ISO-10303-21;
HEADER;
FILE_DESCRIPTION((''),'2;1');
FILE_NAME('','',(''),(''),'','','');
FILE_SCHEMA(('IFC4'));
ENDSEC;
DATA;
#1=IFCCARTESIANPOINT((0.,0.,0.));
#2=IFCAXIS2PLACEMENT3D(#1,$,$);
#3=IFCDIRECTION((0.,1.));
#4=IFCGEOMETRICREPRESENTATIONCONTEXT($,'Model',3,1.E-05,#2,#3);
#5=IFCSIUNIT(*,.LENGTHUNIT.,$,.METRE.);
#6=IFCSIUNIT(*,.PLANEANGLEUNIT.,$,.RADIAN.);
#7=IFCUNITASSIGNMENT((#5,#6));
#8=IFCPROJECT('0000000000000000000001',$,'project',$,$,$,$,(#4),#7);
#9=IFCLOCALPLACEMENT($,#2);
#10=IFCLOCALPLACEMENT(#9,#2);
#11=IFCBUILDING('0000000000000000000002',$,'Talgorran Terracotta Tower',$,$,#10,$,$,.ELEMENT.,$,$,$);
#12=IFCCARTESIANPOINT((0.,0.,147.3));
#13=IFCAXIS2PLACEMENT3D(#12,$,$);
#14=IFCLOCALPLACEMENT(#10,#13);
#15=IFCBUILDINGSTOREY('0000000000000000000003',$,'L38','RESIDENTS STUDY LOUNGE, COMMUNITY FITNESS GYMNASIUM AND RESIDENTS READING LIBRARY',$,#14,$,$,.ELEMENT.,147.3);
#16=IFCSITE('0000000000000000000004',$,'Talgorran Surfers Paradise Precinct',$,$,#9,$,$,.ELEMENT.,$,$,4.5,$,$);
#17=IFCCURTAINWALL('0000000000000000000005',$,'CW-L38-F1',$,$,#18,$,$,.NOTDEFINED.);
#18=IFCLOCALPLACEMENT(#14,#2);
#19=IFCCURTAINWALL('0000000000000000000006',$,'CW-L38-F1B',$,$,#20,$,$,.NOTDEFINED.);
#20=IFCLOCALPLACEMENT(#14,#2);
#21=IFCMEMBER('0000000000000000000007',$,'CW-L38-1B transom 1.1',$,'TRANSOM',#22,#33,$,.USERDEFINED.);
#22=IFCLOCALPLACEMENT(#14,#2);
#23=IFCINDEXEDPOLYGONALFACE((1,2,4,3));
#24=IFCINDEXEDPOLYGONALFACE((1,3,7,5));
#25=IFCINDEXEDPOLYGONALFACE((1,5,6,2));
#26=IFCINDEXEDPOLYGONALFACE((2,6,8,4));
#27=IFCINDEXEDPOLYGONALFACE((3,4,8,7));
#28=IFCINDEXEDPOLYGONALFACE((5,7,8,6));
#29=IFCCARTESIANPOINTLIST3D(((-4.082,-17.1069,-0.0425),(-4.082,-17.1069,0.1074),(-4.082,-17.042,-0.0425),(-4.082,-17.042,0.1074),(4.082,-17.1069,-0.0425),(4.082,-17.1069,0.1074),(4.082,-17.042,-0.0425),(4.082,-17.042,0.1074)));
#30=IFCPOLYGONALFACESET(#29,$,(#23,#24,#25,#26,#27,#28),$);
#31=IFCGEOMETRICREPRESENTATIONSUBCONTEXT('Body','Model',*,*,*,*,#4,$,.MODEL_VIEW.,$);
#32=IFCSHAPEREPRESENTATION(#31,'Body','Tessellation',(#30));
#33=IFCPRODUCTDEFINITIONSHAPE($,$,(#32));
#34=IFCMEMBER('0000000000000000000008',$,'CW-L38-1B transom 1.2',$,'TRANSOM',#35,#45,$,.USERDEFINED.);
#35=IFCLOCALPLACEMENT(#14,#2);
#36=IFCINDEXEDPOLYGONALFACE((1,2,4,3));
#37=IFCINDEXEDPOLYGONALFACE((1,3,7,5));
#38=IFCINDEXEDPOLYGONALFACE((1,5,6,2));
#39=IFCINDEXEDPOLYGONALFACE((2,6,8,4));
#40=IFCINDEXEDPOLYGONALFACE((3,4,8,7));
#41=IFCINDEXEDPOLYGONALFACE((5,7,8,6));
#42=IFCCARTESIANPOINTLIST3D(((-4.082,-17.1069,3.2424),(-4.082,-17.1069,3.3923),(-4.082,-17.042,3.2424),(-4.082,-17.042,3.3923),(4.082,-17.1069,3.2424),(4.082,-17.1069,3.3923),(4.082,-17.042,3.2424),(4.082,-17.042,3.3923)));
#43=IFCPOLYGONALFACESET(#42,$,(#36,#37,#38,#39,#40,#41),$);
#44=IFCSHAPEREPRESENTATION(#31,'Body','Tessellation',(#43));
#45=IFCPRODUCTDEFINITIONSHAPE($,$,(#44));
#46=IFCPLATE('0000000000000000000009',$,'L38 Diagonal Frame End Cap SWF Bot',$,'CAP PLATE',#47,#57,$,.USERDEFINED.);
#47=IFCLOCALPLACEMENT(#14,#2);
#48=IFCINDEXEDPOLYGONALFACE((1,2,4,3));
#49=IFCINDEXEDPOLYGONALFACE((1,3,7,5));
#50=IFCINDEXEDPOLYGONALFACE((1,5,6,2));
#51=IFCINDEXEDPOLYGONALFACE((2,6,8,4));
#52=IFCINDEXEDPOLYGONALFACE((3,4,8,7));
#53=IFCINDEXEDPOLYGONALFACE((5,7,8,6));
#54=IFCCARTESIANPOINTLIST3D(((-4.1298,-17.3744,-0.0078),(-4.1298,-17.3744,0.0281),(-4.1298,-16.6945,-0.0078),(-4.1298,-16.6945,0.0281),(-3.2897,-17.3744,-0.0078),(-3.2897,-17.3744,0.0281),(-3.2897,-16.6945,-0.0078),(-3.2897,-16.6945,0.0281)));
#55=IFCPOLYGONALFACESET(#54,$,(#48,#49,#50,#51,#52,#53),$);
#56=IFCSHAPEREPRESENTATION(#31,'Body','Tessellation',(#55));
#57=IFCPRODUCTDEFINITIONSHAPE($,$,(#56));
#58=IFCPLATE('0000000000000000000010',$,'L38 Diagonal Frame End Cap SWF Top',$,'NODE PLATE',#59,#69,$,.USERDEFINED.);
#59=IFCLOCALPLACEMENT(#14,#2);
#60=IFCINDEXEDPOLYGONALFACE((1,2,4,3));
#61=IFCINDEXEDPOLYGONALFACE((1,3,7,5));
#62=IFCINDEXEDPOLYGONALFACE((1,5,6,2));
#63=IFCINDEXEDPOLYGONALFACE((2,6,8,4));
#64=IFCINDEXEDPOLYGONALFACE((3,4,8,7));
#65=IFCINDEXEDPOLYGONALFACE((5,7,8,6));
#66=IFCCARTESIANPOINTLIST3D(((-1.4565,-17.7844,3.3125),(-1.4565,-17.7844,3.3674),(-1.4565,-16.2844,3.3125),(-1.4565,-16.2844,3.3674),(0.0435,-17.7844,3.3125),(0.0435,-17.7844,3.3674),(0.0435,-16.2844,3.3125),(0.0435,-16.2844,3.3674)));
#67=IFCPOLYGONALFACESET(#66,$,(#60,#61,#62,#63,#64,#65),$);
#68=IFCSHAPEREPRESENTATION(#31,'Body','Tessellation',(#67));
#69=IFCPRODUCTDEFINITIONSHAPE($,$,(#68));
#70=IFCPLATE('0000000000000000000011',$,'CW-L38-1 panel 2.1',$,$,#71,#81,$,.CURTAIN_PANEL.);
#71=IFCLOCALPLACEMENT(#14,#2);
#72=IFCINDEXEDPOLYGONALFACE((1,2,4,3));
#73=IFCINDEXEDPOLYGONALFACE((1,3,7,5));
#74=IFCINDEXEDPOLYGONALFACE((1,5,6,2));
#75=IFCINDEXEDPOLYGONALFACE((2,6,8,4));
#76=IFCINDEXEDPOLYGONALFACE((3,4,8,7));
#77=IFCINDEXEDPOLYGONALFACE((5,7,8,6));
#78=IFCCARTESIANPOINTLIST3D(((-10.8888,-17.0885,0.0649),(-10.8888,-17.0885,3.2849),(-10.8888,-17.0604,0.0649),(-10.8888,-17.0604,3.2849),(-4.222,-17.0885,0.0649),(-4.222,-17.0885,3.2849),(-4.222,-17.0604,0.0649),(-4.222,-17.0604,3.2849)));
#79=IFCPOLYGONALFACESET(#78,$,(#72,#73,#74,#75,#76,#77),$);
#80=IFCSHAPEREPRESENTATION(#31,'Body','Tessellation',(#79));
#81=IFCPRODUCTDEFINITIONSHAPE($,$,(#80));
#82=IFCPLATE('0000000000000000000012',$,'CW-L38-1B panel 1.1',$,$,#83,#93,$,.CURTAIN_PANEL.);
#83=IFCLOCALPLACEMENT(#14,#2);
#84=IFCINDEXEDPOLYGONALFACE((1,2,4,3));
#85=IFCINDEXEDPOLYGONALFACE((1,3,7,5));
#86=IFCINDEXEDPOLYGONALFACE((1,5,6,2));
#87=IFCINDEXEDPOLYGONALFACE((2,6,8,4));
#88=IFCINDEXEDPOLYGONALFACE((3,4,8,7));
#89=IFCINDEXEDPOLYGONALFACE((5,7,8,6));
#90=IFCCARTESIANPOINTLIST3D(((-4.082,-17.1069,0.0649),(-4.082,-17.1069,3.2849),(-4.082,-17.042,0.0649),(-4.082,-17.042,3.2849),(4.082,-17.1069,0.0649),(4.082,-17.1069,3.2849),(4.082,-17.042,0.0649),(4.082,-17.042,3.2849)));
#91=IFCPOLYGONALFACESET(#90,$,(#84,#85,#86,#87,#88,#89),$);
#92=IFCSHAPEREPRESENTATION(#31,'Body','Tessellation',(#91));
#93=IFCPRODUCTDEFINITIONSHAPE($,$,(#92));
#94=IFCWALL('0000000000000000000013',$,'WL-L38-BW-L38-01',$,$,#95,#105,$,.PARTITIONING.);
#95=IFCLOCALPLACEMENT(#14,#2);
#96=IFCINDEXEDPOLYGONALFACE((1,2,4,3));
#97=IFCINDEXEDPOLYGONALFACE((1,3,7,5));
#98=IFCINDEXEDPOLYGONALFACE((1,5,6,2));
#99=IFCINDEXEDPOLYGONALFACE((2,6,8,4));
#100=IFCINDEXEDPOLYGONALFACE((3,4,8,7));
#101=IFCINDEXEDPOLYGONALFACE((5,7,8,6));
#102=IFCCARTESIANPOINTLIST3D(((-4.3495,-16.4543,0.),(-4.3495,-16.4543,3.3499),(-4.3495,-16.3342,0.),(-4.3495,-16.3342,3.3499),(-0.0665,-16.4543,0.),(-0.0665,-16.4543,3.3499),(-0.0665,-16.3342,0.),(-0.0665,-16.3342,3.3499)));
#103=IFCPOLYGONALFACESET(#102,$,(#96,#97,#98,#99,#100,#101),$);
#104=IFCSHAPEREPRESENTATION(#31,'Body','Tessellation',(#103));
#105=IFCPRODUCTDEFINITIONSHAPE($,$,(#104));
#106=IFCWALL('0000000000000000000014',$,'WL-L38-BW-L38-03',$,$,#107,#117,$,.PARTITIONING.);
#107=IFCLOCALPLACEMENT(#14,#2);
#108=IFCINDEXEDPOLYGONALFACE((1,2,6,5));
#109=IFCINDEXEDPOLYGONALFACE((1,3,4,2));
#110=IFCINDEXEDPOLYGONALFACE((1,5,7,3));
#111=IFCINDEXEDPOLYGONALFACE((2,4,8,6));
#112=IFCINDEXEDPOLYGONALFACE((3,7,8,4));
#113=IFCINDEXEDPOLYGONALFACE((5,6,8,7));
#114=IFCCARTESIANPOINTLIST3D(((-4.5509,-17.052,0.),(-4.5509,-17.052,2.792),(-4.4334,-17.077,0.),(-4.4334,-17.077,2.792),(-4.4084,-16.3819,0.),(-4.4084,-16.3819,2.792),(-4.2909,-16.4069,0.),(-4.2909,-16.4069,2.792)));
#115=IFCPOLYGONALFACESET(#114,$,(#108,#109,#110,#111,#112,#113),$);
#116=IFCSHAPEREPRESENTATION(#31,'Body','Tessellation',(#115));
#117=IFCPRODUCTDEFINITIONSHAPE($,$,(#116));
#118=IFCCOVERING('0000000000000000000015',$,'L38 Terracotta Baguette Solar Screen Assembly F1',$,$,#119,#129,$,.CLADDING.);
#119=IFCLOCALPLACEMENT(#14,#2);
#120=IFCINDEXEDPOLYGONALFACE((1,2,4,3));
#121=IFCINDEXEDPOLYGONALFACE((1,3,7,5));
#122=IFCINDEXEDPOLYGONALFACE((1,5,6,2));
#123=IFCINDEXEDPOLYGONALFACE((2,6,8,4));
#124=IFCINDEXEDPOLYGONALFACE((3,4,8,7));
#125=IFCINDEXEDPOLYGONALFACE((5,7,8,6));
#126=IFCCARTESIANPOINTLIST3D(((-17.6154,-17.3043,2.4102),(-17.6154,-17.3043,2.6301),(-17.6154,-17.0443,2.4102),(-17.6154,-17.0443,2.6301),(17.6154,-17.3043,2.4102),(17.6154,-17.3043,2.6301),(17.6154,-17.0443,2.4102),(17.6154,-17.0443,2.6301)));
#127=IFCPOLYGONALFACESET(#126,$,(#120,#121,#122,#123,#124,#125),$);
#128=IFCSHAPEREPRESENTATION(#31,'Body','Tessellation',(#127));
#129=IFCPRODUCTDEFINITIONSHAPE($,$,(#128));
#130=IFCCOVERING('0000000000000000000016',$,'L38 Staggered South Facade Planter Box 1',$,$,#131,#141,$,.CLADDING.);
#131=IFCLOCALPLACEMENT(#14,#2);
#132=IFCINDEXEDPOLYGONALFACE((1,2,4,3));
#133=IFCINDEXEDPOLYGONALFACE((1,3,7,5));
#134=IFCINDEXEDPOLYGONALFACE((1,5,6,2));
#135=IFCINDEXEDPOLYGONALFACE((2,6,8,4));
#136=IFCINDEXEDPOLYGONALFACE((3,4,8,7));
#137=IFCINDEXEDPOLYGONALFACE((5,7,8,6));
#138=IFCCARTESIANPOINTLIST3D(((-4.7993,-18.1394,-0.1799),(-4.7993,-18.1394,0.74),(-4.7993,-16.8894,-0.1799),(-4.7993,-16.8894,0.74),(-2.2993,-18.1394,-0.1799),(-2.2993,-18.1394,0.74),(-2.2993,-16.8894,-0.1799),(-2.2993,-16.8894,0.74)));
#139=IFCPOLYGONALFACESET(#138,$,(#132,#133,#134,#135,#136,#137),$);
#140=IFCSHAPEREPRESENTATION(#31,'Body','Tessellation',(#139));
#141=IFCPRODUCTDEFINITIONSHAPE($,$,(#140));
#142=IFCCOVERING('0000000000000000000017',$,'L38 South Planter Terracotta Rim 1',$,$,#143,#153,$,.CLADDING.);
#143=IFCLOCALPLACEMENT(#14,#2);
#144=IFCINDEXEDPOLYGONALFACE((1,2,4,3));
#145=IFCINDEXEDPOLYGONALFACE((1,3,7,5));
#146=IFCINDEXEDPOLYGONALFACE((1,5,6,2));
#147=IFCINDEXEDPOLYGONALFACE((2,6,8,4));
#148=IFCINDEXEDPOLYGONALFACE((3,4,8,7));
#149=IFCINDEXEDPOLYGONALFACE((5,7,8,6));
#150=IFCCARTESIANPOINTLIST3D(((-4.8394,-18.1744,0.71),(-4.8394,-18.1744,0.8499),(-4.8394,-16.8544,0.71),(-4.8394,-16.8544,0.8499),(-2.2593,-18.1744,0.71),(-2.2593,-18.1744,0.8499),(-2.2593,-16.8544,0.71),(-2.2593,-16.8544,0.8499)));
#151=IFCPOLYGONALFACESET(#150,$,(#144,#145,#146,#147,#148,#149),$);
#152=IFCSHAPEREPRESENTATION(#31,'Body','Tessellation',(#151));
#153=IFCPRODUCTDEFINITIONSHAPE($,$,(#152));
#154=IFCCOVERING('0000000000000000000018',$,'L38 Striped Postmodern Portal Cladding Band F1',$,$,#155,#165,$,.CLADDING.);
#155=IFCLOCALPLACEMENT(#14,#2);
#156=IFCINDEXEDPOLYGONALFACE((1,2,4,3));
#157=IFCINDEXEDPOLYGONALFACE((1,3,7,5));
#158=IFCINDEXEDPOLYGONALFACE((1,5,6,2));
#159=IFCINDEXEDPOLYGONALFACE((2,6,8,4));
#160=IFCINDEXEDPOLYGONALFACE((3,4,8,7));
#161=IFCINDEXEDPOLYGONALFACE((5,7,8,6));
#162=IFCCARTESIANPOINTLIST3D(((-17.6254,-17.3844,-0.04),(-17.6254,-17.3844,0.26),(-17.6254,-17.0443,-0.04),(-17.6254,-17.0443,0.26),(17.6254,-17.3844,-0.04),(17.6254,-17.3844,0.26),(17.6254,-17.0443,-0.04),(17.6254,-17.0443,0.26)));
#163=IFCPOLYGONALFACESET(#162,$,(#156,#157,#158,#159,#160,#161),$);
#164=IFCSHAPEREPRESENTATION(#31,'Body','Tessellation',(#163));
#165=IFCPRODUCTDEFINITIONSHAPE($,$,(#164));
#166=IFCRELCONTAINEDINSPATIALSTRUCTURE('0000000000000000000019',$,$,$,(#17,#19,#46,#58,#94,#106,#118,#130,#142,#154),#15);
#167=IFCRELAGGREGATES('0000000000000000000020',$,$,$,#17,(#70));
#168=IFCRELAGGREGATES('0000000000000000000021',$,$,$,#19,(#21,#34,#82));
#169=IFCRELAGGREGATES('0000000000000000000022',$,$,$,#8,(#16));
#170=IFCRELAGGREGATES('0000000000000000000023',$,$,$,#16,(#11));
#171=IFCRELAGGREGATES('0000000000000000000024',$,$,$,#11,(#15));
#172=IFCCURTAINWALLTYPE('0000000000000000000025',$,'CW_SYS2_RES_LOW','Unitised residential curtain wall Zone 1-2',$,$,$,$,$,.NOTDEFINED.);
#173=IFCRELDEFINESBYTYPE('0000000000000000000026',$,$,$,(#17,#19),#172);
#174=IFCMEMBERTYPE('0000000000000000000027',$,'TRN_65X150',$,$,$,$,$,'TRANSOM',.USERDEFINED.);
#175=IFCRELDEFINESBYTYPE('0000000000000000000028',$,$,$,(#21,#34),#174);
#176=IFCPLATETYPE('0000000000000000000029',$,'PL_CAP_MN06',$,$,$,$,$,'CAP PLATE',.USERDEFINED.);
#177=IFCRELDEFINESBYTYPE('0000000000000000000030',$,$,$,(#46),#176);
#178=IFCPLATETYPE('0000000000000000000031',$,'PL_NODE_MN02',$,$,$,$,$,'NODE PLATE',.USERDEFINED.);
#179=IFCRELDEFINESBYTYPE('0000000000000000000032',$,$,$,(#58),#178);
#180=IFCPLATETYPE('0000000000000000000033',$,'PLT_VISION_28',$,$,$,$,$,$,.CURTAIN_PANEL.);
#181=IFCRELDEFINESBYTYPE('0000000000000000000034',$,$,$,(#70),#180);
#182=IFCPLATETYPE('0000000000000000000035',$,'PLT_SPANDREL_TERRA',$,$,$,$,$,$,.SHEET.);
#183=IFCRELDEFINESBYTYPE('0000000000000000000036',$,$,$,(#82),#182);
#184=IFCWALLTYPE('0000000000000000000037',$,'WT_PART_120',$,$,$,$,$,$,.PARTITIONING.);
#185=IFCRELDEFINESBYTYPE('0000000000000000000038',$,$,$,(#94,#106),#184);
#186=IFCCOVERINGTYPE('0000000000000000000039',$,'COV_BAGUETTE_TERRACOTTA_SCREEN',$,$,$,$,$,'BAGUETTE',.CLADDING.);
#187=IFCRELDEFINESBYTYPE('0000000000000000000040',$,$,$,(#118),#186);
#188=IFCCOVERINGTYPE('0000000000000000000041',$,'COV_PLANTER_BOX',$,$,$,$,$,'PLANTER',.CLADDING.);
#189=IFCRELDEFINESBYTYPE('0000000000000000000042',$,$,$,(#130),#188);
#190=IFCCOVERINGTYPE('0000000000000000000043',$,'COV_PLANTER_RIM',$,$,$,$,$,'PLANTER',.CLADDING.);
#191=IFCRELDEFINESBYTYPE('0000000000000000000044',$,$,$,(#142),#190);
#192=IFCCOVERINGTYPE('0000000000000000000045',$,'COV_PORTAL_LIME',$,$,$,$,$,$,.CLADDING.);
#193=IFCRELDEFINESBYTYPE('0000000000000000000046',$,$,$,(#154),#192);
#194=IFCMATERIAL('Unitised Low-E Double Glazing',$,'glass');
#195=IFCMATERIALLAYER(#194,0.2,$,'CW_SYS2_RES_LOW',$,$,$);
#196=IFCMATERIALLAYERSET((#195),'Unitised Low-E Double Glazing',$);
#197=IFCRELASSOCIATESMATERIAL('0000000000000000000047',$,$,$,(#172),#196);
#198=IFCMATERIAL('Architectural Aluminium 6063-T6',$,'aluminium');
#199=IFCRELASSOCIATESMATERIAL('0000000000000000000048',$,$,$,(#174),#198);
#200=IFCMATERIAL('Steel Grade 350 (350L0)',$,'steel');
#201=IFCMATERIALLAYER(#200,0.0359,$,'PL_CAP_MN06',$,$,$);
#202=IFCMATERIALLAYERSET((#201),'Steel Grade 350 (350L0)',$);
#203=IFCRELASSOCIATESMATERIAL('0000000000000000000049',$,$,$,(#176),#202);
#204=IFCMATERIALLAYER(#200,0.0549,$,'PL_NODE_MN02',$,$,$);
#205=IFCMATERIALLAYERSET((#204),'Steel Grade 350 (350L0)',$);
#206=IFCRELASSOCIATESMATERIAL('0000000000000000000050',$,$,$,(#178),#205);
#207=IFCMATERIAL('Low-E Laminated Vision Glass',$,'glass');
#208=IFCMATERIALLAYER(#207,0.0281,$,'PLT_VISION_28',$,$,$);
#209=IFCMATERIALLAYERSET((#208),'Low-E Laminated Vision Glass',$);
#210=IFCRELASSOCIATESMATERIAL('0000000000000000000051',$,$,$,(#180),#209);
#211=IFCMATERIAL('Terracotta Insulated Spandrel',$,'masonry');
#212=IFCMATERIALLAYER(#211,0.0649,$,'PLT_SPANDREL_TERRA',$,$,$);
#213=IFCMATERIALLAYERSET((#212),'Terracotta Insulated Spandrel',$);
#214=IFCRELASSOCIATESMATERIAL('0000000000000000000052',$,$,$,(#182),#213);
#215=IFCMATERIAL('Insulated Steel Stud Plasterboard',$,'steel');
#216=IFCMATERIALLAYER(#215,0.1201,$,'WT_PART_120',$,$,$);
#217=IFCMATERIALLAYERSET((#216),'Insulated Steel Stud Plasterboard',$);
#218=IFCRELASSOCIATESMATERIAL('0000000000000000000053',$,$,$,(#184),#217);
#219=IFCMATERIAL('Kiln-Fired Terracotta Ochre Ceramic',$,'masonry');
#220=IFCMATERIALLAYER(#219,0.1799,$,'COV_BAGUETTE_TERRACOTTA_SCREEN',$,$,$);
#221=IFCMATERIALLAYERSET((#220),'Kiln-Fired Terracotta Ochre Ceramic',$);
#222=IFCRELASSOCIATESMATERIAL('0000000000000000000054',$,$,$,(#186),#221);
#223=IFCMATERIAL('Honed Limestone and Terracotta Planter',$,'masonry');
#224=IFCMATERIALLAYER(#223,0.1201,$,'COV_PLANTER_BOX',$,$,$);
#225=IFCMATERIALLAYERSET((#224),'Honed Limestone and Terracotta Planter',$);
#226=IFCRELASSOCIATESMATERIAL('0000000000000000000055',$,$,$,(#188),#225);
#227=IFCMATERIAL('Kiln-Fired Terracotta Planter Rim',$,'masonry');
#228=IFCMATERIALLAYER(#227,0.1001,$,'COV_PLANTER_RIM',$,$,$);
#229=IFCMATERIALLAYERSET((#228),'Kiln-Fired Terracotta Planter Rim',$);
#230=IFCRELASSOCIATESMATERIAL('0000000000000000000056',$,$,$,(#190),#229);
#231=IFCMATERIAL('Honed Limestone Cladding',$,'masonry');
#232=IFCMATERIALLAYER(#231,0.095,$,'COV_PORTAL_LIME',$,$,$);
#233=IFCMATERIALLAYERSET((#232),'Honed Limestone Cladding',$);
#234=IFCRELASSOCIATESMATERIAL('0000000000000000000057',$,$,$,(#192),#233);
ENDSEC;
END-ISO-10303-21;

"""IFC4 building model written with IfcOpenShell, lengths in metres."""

from ifc_helpers import new_model, si_unit, direction, frame, frame_2d, origin, origin_2d, place, context, subcontext, project, spatial, rectangle, extrude, source, transform, mapped, material, layer, layer_set, material_profile, profile_set, type_object, type_shapes, element, aggregate, save


model = new_model("IFC4")

# Units and contexts
model_context = context("Model", 3, precision=1e-05, world=origin(), true_north=direction((0.0, 1.0)))
body_context = subcontext(model_context, "Body", "Model", "MODEL_VIEW")
ifc_project = project(units=[si_unit("LENGTHUNIT", "METRE"), si_unit("PLANEANGLEUNIT", "RADIAN")], contexts=[model_context])

# Site, building, storey
site_placement = place(None, origin())
site = spatial("IfcSite", under=ifc_project, at=site_placement, Name="Talgorran Surfers Paradise Precinct", CompositionType="ELEMENT", RefElevation=4.5)
building_placement = place(site_placement, origin())
building = spatial("IfcBuilding", under=site, at=building_placement, Name="Talgorran Terracotta Tower", CompositionType="ELEMENT")
storey_placement = place(building_placement, frame((0.0, 0.0, 147.3)))
storey = spatial("IfcBuildingStorey", under=building, at=storey_placement, Name="L38", Description="RESIDENTS STUDY LOUNGE, COMMUNITY FITNESS GYMNASIUM AND RESIDENTS READING LIBRARY", CompositionType="ELEMENT", Elevation=147.3)

# Shared definitions
ifc_material_1 = material(Name="Steel Grade 350 (350L0)", Category="steel")

# Curtain walls
ifc_material_2 = material(Name="Unitised Low-E Double Glazing", Category="glass")
ifc_layer_1 = layer(ifc_material_2, 0.2, Name="CW_SYS2_RES_LOW")
ifc_layer_set_1 = layer_set([ifc_layer_1], Name="Unitised Low-E Double Glazing")
curtain_wall_type = type_object("IfcCurtainWallType", Name="CW_SYS2_RES_LOW", Description="Unitised residential curtain wall Zone 1-2", PredefinedType="NOTDEFINED", material=ifc_layer_set_1)
curtain_wall_1_placement = place(storey_placement, origin())
curtain_wall_1 = element("IfcCurtainWall", 1, at=curtain_wall_1_placement, inside=storey, type_object=curtain_wall_type, Name="CW-L38-F1", PredefinedType="NOTDEFINED")
ifc_material_3 = material(Name="Architectural Aluminium 6063-T6", Category="aluminium")
curtain_wall_2_placement = place(storey_placement, origin())
curtain_wall_2 = element("IfcCurtainWall", 2, at=curtain_wall_2_placement, inside=storey, type_object=curtain_wall_type, Name="CW-L38-F1B", PredefinedType="NOTDEFINED")

# Members
ifc_material_profile_1 = material_profile(ifc_material_3, rectangle(XDim=0.0649, YDim=0.1499, at=origin_2d()), Name="CWT65X150")
ifc_profile_set_1 = profile_set([ifc_material_profile_1], Name="Architectural Aluminium 6063-T6")
member_type_1 = type_object("IfcMemberType", Name="TRN_65X150", ElementType="TRANSOM", PredefinedType="USERDEFINED", material=ifc_profile_set_1)
member_1_placement = place(storey_placement, frame((-4.082, -17.0745, 0.0325), z_axis=(1.0, 0.0, 0.0), x_axis=(0.0, 1.0, 0.0)))
member_1 = element("IfcMember", 3, at=member_1_placement, type_object=member_type_1, Name="CW-L38-1B transom 1.1", ObjectType="TRANSOM", PredefinedType="USERDEFINED", context=body_context, shape_type="SweptSolid", body=[
    extrude(rectangle(XDim=0.0649, YDim=0.1499, at=origin_2d()), origin(), (0.0, 0.0, 1.0), 8.1641),
])
member_2_placement = place(storey_placement, frame((-4.082, -17.0745, 3.3174), z_axis=(1.0, 0.0, 0.0), x_axis=(0.0, 1.0, 0.0)))
member_2 = element("IfcMember", 4, at=member_2_placement, type_object=member_type_1, Name="CW-L38-1B transom 1.2", ObjectType="TRANSOM", PredefinedType="USERDEFINED", context=body_context, shape_type="SweptSolid", body=[
    extrude(rectangle(XDim=0.0649, YDim=0.1499, at=origin_2d()), origin(), (0.0, 0.0, 1.0), 8.1641),
])

# Plates
ifc_layer_2 = layer(ifc_material_1, 0.0359, Name="PL_CAP_MN06")
ifc_layer_set_2 = layer_set([ifc_layer_2], Name="Steel Grade 350 (350L0)")
plate_type_1 = type_object("IfcPlateType", Name="PL_CAP_MN06", ElementType="CAP PLATE", PredefinedType="USERDEFINED", material=ifc_layer_set_2)
plate_1_placement = place(storey_placement, frame((-3.7097, -17.0344, -0.0078), z_axis=(0.0, 0.0, 1.0), x_axis=(1.0, 0.0, 0.0)))
element("IfcPlate", 5, at=plate_1_placement, inside=storey, type_object=plate_type_1, Name="L38 Diagonal Frame End Cap SWF Bot", ObjectType="CAP PLATE", PredefinedType="USERDEFINED", context=body_context, shape_type="SweptSolid", body=[
    extrude(rectangle(XDim=0.8401, YDim=0.6799, at=origin_2d()), origin(), (0.0, 0.0, 1.0), 0.0359),
])
ifc_layer_3 = layer(ifc_material_1, 0.0549, Name="PL_NODE_MN02")
ifc_layer_set_3 = layer_set([ifc_layer_3], Name="Steel Grade 350 (350L0)")
plate_type_2 = type_object("IfcPlateType", Name="PL_NODE_MN02", ElementType="NODE PLATE", PredefinedType="USERDEFINED", material=ifc_layer_set_3)
plate_2_placement = place(storey_placement, frame((-0.7065, -17.0344, 3.3125), z_axis=(0.0, 0.0, 1.0), x_axis=(1.0, 0.0, 0.0)))
element("IfcPlate", 6, at=plate_2_placement, inside=storey, type_object=plate_type_2, Name="L38 Diagonal Frame End Cap SWF Top", ObjectType="NODE PLATE", PredefinedType="USERDEFINED", context=body_context, shape_type="SweptSolid", body=[
    extrude(rectangle(XDim=1.5, YDim=1.5, at=origin_2d()), origin(), (0.0, 0.0, 1.0), 0.0549),
])

# Plates
ifc_material_4 = material(Name="Low-E Laminated Vision Glass", Category="glass")
ifc_layer_4 = layer(ifc_material_4, 0.0281, Name="PLT_VISION_28")
ifc_layer_set_4 = layer_set([ifc_layer_4], Name="Low-E Laminated Vision Glass")
plate_type_3 = type_object("IfcPlateType", Name="PLT_VISION_28", PredefinedType="CURTAIN_PANEL", material=ifc_layer_set_4)
shared_shape_1 = source(origin(), body_context, "Body", "SweptSolid", [
    extrude(rectangle(XDim=6.6667, YDim=0.0281, at=origin_2d()), origin(), (0.0, 0.0, 1.0), 3.22),
])
type_shapes(plate_type_3, [shared_shape_1])
plate_3_placement = place(storey_placement, frame((-7.5554, -17.0745, 0.0649), z_axis=(0.0, 0.0, 1.0), x_axis=(1.0, 0.0, 0.0)))
plate_3 = element("IfcPlate", 7, at=plate_3_placement, type_object=plate_type_3, Name="CW-L38-1 panel 2.1", PredefinedType="CURTAIN_PANEL", context=body_context, shape_type="MappedRepresentation", body=[
    mapped(shared_shape_1, transform((0.0, 0.0, 0.0), scale=1.0)),
])
aggregate(curtain_wall_1, [plate_3])
ifc_material_5 = material(Name="Terracotta Insulated Spandrel", Category="masonry")
ifc_layer_5 = layer(ifc_material_5, 0.0649, Name="PLT_SPANDREL_TERRA")
ifc_layer_set_5 = layer_set([ifc_layer_5], Name="Terracotta Insulated Spandrel")
plate_type_4 = type_object("IfcPlateType", Name="PLT_SPANDREL_TERRA", PredefinedType="SHEET", material=ifc_layer_set_5)
shared_shape_2 = source(origin(), body_context, "Body", "SweptSolid", [
    extrude(rectangle(XDim=8.1641, YDim=0.0649, at=origin_2d()), origin(), (0.0, 0.0, 1.0), 3.22),
])
type_shapes(plate_type_4, [shared_shape_2])
plate_4_placement = place(storey_placement, frame((0.0, -17.0745, 0.0649), z_axis=(0.0, 0.0, 1.0), x_axis=(1.0, 0.0, 0.0)))
plate_4 = element("IfcPlate", 8, at=plate_4_placement, type_object=plate_type_4, Name="CW-L38-1B panel 1.1", PredefinedType="CURTAIN_PANEL", context=body_context, shape_type="MappedRepresentation", body=[
    mapped(shared_shape_2, transform((0.0, 0.0, 0.0), scale=1.0)),
])
aggregate(curtain_wall_2, [member_1, member_2, plate_4])

# Walls
ifc_material_6 = material(Name="Insulated Steel Stud Plasterboard", Category="steel")
ifc_layer_6 = layer(ifc_material_6, 0.1201, Name="WT_PART_120")
ifc_layer_set_6 = layer_set([ifc_layer_6], Name="Insulated Steel Stud Plasterboard")
wall_type = type_object("IfcWallType", Name="WT_PART_120", PredefinedType="PARTITIONING", material=ifc_layer_set_6)
wall_1_placement = place(storey_placement, frame((-4.3496, -16.3943, 0.0), z_axis=(0.0, 0.0, 1.0), x_axis=(1.0, 0.0, 0.0)))
element("IfcWall", 9, at=wall_1_placement, inside=storey, type_object=wall_type, Name="WL-L38-BW-L38-01", PredefinedType="PARTITIONING", context=body_context, shape_type="SweptSolid", body=[
    extrude(rectangle(XDim=4.283, YDim=0.1201, at=frame_2d((2.1416, 0.0))), origin(), (0.0, 0.0, 1.0), 3.3499),
])
wall_2_placement = place(storey_placement, frame((-4.4922, -17.0645, 0.0), z_axis=(0.0, 0.0, 1.0), x_axis=(0.208093, 0.978109, 0.0)))
element("IfcWall", 10, at=wall_2_placement, inside=storey, type_object=wall_type, Name="WL-L38-BW-L38-03", PredefinedType="PARTITIONING", context=body_context, shape_type="SweptSolid", body=[
    extrude(rectangle(XDim=0.6851, YDim=0.1201, at=frame_2d((0.3425, 0.0))), origin(), (0.0, 0.0, 1.0), 2.792),
])

# Coverings
ifc_material_7 = material(Name="Kiln-Fired Terracotta Ochre Ceramic", Category="masonry")
ifc_layer_7 = layer(ifc_material_7, 0.1799, Name="COV_BAGUETTE_TERRACOTTA_SCREEN")
ifc_layer_set_7 = layer_set([ifc_layer_7], Name="Kiln-Fired Terracotta Ochre Ceramic")
covering_type_1 = type_object("IfcCoveringType", Name="COV_BAGUETTE_TERRACOTTA_SCREEN", ElementType="BAGUETTE", PredefinedType="CLADDING", material=ifc_layer_set_7)
covering_1_placement = place(storey_placement, frame((0.0, -17.1743, 2.4102), z_axis=(0.0, 0.0, 1.0), x_axis=(1.0, 0.0, 0.0)))
element("IfcCovering", 11, at=covering_1_placement, inside=storey, type_object=covering_type_1, Name="L38 Terracotta Baguette Solar Screen Assembly F1", PredefinedType="CLADDING", context=body_context, shape_type="SweptSolid", body=[
    extrude(rectangle(XDim=35.2307, YDim=0.26, at=origin_2d()), origin(), (0.0, 0.0, 1.0), 0.22),
])
ifc_material_8 = material(Name="Honed Limestone and Terracotta Planter", Category="masonry")
ifc_layer_8 = layer(ifc_material_8, 0.1201, Name="COV_PLANTER_BOX")
ifc_layer_set_8 = layer_set([ifc_layer_8], Name="Honed Limestone and Terracotta Planter")
covering_type_2 = type_object("IfcCoveringType", Name="COV_PLANTER_BOX", ElementType="PLANTER", PredefinedType="CLADDING", material=ifc_layer_set_8)
covering_2_placement = place(storey_placement, frame((-3.5493, -17.5144, -0.1799), z_axis=(0.0, 0.0, 1.0), x_axis=(1.0, 0.0, 0.0)))
element("IfcCovering", 12, at=covering_2_placement, inside=storey, type_object=covering_type_2, Name="L38 Staggered South Facade Planter Box 1", PredefinedType="CLADDING", context=body_context, shape_type="SweptSolid", body=[
    extrude(rectangle(XDim=2.5, YDim=1.25, at=origin_2d()), origin(), (0.0, 0.0, 1.0), 0.9199),
])
ifc_material_9 = material(Name="Kiln-Fired Terracotta Planter Rim", Category="masonry")
ifc_layer_9 = layer(ifc_material_9, 0.1001, Name="COV_PLANTER_RIM")
ifc_layer_set_9 = layer_set([ifc_layer_9], Name="Kiln-Fired Terracotta Planter Rim")
covering_type_3 = type_object("IfcCoveringType", Name="COV_PLANTER_RIM", ElementType="PLANTER", PredefinedType="CLADDING", material=ifc_layer_set_9)
covering_3_placement = place(storey_placement, frame((-3.5493, -17.5144, 0.71), z_axis=(0.0, 0.0, 1.0), x_axis=(1.0, 0.0, 0.0)))
element("IfcCovering", 13, at=covering_3_placement, inside=storey, type_object=covering_type_3, Name="L38 South Planter Terracotta Rim 1", PredefinedType="CLADDING", context=body_context, shape_type="SweptSolid", body=[
    extrude(rectangle(XDim=2.5801, YDim=1.3201, at=origin_2d()), origin(), (0.0, 0.0, 1.0), 0.1399),
])
ifc_material_10 = material(Name="Honed Limestone Cladding", Category="masonry")
ifc_layer_10 = layer(ifc_material_10, 0.095, Name="COV_PORTAL_LIME")
ifc_layer_set_10 = layer_set([ifc_layer_10], Name="Honed Limestone Cladding")
covering_type_4 = type_object("IfcCoveringType", Name="COV_PORTAL_LIME", PredefinedType="CLADDING", material=ifc_layer_set_10)
covering_4_placement = place(storey_placement, frame((0.0, -17.2144, -0.04), z_axis=(0.0, 0.0, 1.0), x_axis=(1.0, 0.0, 0.0)))
element("IfcCovering", 14, at=covering_4_placement, inside=storey, type_object=covering_type_4, Name="L38 Striped Postmodern Portal Cladding Band F1", PredefinedType="CLADDING", context=body_context, shape_type="SweptSolid", body=[
    extrude(rectangle(XDim=35.2507, YDim=0.3401, at=origin_2d()), origin(), (0.0, 0.0, 1.0), 0.3),
])

save(model, "model.ifc")
